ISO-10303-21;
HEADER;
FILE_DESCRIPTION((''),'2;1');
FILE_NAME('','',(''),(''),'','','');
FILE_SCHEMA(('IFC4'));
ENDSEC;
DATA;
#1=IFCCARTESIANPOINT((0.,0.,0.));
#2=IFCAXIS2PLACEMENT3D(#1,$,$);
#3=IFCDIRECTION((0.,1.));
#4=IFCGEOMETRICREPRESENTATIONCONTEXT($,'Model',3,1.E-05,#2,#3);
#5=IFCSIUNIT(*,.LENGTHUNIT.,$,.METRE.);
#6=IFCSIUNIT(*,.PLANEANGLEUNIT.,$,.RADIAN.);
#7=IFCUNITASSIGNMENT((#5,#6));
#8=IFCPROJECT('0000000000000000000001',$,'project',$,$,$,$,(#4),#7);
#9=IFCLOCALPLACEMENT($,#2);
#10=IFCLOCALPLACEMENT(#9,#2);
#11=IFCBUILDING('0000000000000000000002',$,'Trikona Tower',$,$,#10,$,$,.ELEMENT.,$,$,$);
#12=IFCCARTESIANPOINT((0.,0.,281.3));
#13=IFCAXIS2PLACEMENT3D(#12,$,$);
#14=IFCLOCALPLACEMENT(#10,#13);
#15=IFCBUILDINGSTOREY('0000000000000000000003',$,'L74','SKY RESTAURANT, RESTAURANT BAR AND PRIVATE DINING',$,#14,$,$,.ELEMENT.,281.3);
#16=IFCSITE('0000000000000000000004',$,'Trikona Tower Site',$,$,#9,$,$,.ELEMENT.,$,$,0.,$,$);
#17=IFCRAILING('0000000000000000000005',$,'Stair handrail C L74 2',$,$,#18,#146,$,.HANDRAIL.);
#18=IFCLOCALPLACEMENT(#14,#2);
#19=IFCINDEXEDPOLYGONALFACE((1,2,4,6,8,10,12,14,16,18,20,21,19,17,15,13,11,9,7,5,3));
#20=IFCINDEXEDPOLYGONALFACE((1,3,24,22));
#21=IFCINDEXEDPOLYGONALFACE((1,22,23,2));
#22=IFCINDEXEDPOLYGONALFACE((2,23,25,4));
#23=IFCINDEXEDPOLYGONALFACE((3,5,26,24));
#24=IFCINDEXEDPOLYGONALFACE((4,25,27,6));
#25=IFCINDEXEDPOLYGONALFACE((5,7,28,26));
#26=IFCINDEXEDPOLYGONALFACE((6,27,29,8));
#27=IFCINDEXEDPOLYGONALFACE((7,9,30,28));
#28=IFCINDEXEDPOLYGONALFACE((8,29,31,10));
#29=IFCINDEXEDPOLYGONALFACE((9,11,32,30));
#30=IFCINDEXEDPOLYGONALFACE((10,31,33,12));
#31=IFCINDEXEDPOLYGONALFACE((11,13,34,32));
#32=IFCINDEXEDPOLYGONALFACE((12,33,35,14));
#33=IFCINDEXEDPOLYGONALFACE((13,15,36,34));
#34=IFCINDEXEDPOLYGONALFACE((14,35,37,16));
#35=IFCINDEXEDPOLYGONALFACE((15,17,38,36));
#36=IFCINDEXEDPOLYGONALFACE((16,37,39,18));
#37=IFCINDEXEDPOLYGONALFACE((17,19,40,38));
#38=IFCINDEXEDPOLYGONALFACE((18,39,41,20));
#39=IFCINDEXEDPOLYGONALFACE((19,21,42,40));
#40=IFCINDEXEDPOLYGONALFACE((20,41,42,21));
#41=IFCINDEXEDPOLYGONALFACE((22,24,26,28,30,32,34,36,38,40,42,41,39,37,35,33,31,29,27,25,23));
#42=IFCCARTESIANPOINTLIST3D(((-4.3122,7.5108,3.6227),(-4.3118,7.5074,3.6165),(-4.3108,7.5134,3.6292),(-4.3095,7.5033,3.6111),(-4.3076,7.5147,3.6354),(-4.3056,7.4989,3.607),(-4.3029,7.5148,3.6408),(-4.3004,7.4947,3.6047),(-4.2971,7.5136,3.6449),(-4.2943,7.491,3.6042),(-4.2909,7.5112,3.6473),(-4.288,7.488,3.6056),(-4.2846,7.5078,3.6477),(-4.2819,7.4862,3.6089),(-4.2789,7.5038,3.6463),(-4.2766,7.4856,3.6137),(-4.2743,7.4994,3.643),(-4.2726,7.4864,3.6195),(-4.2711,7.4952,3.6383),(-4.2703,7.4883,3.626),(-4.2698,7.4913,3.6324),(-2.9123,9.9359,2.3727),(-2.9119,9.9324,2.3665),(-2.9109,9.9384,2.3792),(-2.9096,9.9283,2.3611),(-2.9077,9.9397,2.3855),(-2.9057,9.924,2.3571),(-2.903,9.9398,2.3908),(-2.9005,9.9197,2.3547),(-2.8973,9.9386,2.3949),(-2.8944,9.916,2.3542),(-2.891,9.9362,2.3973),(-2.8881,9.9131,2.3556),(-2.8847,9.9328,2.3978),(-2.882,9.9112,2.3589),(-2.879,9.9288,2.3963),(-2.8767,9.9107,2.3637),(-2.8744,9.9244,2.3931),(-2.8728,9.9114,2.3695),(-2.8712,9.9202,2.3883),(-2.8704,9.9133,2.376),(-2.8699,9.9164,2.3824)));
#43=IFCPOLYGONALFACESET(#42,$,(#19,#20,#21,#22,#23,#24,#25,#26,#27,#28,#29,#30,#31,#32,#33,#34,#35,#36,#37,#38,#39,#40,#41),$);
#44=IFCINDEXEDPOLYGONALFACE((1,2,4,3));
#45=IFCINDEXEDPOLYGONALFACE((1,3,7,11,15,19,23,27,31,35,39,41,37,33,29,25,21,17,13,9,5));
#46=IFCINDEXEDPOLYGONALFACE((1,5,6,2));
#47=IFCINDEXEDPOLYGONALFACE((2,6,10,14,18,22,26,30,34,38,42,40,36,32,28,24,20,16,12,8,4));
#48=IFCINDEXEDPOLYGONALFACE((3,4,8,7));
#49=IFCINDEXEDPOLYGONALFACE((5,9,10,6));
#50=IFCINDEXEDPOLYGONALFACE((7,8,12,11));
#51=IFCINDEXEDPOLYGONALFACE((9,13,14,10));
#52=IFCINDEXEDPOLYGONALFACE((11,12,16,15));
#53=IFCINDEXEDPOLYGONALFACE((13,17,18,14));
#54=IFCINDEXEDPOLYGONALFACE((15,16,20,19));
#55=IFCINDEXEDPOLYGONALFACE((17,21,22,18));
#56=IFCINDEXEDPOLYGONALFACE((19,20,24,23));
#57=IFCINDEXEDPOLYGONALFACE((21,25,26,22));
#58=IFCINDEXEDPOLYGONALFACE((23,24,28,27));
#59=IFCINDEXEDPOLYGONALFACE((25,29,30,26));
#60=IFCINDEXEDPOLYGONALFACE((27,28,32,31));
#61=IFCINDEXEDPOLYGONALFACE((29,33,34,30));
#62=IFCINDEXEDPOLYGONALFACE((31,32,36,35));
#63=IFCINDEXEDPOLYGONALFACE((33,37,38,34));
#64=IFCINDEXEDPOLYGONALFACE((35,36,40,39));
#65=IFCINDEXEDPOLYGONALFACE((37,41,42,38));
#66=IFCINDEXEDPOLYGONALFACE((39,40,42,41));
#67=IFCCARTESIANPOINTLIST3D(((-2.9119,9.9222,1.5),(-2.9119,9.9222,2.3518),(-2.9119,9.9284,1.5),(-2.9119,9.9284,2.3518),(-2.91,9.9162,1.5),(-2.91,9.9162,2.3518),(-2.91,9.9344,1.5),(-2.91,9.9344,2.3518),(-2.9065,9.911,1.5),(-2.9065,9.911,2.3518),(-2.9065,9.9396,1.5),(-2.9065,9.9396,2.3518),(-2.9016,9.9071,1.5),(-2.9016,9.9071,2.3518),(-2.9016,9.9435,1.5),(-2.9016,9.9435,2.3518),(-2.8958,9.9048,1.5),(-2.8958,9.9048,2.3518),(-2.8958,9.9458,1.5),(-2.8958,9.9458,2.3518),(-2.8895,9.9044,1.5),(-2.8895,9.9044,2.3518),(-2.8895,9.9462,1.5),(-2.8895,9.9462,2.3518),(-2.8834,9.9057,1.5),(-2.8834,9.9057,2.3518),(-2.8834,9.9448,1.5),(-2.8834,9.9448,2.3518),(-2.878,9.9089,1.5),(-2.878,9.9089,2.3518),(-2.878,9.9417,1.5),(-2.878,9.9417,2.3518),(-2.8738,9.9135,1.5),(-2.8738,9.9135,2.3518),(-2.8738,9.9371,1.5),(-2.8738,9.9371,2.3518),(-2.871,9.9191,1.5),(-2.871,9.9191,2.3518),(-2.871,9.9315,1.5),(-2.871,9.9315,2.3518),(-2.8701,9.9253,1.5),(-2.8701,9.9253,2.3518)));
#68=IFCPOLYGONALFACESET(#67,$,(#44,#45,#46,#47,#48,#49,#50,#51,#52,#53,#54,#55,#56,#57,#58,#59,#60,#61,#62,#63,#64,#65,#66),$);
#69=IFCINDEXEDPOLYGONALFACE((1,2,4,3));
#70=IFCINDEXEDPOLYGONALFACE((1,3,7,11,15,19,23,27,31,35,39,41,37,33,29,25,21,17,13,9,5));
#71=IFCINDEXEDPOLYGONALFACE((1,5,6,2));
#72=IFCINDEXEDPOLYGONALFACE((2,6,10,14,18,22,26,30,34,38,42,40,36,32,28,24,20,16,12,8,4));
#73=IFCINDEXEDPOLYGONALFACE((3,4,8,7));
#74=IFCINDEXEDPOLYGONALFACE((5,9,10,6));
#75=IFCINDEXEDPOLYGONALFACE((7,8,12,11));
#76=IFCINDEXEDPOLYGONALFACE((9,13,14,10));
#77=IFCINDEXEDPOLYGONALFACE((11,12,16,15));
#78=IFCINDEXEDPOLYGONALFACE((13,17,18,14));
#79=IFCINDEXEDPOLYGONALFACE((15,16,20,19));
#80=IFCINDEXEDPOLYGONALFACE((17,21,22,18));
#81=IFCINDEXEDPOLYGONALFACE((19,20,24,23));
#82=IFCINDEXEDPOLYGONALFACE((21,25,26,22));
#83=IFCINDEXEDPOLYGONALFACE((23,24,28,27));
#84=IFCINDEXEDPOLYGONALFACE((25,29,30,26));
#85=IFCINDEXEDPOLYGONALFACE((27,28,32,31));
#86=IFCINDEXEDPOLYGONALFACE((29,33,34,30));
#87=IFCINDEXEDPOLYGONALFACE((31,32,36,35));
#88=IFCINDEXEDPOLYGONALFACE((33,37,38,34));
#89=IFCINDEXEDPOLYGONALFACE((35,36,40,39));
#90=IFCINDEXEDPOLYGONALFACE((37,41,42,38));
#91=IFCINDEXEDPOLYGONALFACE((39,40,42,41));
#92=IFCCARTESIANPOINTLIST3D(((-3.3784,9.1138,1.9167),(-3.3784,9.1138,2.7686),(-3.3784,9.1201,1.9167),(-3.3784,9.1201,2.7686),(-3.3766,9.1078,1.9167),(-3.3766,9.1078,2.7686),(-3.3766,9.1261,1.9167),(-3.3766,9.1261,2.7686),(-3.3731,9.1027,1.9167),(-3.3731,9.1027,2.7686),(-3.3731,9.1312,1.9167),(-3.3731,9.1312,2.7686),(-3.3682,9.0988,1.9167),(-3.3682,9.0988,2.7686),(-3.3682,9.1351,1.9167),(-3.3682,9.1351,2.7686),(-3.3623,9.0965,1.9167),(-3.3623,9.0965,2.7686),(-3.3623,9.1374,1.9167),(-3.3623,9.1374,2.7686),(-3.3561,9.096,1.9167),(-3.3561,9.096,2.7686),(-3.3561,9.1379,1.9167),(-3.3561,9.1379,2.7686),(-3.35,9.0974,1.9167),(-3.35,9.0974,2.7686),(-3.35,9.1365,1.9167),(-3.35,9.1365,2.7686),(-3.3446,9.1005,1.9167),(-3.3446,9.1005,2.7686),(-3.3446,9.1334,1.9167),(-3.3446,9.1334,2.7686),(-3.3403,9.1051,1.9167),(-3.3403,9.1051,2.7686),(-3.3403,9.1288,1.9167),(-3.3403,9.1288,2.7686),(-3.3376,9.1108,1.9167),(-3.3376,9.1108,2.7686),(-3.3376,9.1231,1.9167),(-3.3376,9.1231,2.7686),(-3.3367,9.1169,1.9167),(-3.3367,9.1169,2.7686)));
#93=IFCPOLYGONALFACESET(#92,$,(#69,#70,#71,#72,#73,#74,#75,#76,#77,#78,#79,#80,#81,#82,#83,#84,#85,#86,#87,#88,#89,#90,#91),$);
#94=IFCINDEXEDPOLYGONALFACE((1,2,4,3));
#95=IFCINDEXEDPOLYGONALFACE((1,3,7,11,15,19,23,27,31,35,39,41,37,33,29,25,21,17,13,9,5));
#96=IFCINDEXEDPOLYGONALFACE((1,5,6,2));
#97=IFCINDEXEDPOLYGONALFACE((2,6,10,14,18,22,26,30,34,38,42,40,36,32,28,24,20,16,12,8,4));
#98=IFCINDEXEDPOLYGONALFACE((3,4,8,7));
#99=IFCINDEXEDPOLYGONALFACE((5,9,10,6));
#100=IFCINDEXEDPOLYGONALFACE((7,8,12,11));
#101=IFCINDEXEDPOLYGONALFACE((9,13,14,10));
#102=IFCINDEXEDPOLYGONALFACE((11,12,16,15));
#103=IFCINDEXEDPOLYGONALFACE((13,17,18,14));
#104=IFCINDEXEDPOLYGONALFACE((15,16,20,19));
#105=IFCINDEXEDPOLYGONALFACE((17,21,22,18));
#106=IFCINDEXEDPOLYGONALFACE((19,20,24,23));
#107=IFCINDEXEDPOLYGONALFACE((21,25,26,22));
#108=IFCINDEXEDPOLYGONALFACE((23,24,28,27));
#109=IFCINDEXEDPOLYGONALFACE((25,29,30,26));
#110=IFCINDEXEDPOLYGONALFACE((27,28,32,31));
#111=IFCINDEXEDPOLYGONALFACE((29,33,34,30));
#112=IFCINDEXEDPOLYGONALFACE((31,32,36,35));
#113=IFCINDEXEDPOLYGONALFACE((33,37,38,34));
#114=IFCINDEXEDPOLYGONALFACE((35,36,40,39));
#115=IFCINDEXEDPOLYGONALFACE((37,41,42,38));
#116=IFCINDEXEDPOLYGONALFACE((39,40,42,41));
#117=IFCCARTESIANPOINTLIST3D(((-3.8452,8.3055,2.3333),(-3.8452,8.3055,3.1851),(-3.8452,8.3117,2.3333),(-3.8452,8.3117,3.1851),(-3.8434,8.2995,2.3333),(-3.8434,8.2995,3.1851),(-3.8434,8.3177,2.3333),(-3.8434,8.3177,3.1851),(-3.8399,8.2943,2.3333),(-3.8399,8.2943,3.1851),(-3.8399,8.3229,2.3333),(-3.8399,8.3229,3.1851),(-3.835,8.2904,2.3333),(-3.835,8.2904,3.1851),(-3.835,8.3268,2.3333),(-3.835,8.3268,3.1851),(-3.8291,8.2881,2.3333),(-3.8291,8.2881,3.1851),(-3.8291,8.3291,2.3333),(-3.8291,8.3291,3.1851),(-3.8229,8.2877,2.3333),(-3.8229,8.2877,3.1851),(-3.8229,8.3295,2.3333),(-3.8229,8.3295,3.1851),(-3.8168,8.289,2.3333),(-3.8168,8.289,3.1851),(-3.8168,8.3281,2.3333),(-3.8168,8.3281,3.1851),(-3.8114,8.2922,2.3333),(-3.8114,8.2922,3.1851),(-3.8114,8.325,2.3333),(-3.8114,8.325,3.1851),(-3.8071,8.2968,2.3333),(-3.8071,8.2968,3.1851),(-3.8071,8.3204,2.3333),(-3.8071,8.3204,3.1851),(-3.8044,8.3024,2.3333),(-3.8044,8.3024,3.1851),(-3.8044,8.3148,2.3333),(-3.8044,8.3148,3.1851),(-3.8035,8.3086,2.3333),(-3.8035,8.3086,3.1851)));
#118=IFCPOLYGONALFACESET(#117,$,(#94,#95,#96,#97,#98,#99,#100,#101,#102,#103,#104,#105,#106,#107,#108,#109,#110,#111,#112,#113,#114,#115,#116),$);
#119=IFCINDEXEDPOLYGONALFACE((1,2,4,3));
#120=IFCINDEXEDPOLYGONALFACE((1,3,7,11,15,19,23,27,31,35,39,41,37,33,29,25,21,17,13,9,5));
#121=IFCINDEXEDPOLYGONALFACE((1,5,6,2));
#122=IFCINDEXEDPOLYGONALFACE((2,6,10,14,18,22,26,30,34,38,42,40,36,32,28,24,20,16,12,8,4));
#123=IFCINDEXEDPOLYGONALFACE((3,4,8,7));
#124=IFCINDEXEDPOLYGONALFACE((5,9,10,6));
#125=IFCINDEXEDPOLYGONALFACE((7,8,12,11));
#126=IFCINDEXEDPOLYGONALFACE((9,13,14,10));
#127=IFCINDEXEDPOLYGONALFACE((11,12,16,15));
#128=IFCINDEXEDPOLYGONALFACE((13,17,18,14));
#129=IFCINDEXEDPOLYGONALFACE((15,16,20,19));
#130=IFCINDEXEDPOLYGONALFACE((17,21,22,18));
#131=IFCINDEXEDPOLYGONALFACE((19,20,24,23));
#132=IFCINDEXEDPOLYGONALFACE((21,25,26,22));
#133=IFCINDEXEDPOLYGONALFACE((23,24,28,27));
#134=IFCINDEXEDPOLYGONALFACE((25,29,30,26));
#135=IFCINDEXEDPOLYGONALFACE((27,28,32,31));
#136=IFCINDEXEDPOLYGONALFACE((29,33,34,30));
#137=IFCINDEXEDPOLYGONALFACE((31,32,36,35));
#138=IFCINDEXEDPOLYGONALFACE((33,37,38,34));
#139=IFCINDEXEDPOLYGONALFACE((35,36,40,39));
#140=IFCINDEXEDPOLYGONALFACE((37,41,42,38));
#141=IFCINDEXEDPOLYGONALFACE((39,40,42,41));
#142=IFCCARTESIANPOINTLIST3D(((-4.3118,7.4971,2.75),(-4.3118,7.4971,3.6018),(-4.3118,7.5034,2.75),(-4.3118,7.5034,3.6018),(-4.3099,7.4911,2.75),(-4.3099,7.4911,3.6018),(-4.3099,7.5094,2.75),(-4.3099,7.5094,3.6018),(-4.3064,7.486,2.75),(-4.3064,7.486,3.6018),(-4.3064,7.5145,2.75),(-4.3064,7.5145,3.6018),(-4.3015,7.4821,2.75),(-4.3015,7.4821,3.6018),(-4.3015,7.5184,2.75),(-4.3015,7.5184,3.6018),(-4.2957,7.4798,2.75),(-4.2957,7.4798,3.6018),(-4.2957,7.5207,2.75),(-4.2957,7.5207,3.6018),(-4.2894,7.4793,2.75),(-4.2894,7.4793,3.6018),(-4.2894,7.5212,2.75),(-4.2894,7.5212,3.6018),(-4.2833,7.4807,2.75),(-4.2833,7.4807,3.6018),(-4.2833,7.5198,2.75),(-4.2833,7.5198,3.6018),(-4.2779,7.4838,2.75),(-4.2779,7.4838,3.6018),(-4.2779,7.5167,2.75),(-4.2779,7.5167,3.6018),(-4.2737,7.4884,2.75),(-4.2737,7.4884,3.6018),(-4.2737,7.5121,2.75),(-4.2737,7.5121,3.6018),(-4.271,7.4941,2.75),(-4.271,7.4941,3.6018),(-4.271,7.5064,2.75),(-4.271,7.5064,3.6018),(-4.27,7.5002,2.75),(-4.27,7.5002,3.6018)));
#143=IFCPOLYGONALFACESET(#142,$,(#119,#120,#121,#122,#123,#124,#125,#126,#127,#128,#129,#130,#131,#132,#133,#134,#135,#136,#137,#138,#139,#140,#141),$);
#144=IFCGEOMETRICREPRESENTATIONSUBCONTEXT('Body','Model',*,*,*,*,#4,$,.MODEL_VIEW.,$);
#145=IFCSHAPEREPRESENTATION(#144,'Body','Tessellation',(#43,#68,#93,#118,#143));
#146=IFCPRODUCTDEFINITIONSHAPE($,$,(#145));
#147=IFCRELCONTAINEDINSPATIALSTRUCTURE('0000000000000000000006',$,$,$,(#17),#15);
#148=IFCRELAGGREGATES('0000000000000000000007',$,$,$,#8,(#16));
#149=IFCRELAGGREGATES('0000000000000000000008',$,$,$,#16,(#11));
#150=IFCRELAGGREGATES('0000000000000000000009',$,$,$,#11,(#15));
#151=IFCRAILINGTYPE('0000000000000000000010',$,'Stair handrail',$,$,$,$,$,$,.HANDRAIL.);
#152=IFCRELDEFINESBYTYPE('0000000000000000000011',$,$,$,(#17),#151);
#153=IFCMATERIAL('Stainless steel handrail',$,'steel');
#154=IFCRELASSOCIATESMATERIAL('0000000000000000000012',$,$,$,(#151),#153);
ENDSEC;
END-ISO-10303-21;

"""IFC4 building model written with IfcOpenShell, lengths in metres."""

from ifc_helpers import new_model, si_unit, direction, frame, origin, origin_2d, place, context, subcontext, project, spatial, circle, extrude, material, type_object, element, save


model = new_model("IFC4")

# Units and contexts
model_context = context("Model", 3, precision=1e-05, world=origin(), true_north=direction((0.0, 1.0)))
body_context = subcontext(model_context, "Body", "Model", "MODEL_VIEW")
ifc_project = project(units=[si_unit("LENGTHUNIT", "METRE"), si_unit("PLANEANGLEUNIT", "RADIAN")], contexts=[model_context])

# Site, building, storey
site_placement = place(None, origin())
site = spatial("IfcSite", under=ifc_project, at=site_placement, Name="Trikona Tower Site", CompositionType="ELEMENT", RefElevation=0.0)
building_placement = place(site_placement, origin())
building = spatial("IfcBuilding", under=site, at=building_placement, Name="Trikona Tower", CompositionType="ELEMENT")
storey_placement = place(building_placement, frame((0.0, 0.0, 281.3)))
storey = spatial("IfcBuildingStorey", under=building, at=storey_placement, Name="L74", Description="SKY RESTAURANT, RESTAURANT BAR AND PRIVATE DINING", CompositionType="ELEMENT", Elevation=281.3)

# Railing
ifc_material_1 = material(Name="Stainless steel handrail", Category="steel")
railing_type = type_object("IfcRailingType", Name="Stair handrail", PredefinedType="HANDRAIL", material=ifc_material_1)
railing_1_placement = place(storey_placement, frame((-2.8911, 9.9253, 1.5)))
element("IfcRailing", 1, at=railing_1_placement, inside=storey, type_object=railing_type, Name="Stair handrail C L74 2", PredefinedType="HANDRAIL", context=body_context, shape_type="SweptSolid", body=[
    extrude(circle(Radius=0.0239, at=origin_2d()), frame((0.0, 0.0, 0.876), z_axis=(-0.456523, -0.790834, 0.407638), x_axis=(0.866056, -0.499946, 0.0)), (0.0, 0.0, 1.0), 3.0664),
    extrude(circle(Radius=0.021, at=origin_2d()), origin(), (0.0, 0.0, 1.0), 0.8518),
    extrude(circle(Radius=0.021, at=origin_2d()), frame((-0.4666, -0.8083, 0.4167)), (0.0, 0.0, 1.0), 0.8518),
    extrude(circle(Radius=0.021, at=origin_2d()), frame((-0.9333, -1.6167, 0.8333)), (0.0, 0.0, 1.0), 0.8518),
    extrude(circle(Radius=0.021, at=origin_2d()), frame((-1.3999, -2.425, 1.25)), (0.0, 0.0, 1.0), 0.8518),
])

save(model, "model.ifc")
